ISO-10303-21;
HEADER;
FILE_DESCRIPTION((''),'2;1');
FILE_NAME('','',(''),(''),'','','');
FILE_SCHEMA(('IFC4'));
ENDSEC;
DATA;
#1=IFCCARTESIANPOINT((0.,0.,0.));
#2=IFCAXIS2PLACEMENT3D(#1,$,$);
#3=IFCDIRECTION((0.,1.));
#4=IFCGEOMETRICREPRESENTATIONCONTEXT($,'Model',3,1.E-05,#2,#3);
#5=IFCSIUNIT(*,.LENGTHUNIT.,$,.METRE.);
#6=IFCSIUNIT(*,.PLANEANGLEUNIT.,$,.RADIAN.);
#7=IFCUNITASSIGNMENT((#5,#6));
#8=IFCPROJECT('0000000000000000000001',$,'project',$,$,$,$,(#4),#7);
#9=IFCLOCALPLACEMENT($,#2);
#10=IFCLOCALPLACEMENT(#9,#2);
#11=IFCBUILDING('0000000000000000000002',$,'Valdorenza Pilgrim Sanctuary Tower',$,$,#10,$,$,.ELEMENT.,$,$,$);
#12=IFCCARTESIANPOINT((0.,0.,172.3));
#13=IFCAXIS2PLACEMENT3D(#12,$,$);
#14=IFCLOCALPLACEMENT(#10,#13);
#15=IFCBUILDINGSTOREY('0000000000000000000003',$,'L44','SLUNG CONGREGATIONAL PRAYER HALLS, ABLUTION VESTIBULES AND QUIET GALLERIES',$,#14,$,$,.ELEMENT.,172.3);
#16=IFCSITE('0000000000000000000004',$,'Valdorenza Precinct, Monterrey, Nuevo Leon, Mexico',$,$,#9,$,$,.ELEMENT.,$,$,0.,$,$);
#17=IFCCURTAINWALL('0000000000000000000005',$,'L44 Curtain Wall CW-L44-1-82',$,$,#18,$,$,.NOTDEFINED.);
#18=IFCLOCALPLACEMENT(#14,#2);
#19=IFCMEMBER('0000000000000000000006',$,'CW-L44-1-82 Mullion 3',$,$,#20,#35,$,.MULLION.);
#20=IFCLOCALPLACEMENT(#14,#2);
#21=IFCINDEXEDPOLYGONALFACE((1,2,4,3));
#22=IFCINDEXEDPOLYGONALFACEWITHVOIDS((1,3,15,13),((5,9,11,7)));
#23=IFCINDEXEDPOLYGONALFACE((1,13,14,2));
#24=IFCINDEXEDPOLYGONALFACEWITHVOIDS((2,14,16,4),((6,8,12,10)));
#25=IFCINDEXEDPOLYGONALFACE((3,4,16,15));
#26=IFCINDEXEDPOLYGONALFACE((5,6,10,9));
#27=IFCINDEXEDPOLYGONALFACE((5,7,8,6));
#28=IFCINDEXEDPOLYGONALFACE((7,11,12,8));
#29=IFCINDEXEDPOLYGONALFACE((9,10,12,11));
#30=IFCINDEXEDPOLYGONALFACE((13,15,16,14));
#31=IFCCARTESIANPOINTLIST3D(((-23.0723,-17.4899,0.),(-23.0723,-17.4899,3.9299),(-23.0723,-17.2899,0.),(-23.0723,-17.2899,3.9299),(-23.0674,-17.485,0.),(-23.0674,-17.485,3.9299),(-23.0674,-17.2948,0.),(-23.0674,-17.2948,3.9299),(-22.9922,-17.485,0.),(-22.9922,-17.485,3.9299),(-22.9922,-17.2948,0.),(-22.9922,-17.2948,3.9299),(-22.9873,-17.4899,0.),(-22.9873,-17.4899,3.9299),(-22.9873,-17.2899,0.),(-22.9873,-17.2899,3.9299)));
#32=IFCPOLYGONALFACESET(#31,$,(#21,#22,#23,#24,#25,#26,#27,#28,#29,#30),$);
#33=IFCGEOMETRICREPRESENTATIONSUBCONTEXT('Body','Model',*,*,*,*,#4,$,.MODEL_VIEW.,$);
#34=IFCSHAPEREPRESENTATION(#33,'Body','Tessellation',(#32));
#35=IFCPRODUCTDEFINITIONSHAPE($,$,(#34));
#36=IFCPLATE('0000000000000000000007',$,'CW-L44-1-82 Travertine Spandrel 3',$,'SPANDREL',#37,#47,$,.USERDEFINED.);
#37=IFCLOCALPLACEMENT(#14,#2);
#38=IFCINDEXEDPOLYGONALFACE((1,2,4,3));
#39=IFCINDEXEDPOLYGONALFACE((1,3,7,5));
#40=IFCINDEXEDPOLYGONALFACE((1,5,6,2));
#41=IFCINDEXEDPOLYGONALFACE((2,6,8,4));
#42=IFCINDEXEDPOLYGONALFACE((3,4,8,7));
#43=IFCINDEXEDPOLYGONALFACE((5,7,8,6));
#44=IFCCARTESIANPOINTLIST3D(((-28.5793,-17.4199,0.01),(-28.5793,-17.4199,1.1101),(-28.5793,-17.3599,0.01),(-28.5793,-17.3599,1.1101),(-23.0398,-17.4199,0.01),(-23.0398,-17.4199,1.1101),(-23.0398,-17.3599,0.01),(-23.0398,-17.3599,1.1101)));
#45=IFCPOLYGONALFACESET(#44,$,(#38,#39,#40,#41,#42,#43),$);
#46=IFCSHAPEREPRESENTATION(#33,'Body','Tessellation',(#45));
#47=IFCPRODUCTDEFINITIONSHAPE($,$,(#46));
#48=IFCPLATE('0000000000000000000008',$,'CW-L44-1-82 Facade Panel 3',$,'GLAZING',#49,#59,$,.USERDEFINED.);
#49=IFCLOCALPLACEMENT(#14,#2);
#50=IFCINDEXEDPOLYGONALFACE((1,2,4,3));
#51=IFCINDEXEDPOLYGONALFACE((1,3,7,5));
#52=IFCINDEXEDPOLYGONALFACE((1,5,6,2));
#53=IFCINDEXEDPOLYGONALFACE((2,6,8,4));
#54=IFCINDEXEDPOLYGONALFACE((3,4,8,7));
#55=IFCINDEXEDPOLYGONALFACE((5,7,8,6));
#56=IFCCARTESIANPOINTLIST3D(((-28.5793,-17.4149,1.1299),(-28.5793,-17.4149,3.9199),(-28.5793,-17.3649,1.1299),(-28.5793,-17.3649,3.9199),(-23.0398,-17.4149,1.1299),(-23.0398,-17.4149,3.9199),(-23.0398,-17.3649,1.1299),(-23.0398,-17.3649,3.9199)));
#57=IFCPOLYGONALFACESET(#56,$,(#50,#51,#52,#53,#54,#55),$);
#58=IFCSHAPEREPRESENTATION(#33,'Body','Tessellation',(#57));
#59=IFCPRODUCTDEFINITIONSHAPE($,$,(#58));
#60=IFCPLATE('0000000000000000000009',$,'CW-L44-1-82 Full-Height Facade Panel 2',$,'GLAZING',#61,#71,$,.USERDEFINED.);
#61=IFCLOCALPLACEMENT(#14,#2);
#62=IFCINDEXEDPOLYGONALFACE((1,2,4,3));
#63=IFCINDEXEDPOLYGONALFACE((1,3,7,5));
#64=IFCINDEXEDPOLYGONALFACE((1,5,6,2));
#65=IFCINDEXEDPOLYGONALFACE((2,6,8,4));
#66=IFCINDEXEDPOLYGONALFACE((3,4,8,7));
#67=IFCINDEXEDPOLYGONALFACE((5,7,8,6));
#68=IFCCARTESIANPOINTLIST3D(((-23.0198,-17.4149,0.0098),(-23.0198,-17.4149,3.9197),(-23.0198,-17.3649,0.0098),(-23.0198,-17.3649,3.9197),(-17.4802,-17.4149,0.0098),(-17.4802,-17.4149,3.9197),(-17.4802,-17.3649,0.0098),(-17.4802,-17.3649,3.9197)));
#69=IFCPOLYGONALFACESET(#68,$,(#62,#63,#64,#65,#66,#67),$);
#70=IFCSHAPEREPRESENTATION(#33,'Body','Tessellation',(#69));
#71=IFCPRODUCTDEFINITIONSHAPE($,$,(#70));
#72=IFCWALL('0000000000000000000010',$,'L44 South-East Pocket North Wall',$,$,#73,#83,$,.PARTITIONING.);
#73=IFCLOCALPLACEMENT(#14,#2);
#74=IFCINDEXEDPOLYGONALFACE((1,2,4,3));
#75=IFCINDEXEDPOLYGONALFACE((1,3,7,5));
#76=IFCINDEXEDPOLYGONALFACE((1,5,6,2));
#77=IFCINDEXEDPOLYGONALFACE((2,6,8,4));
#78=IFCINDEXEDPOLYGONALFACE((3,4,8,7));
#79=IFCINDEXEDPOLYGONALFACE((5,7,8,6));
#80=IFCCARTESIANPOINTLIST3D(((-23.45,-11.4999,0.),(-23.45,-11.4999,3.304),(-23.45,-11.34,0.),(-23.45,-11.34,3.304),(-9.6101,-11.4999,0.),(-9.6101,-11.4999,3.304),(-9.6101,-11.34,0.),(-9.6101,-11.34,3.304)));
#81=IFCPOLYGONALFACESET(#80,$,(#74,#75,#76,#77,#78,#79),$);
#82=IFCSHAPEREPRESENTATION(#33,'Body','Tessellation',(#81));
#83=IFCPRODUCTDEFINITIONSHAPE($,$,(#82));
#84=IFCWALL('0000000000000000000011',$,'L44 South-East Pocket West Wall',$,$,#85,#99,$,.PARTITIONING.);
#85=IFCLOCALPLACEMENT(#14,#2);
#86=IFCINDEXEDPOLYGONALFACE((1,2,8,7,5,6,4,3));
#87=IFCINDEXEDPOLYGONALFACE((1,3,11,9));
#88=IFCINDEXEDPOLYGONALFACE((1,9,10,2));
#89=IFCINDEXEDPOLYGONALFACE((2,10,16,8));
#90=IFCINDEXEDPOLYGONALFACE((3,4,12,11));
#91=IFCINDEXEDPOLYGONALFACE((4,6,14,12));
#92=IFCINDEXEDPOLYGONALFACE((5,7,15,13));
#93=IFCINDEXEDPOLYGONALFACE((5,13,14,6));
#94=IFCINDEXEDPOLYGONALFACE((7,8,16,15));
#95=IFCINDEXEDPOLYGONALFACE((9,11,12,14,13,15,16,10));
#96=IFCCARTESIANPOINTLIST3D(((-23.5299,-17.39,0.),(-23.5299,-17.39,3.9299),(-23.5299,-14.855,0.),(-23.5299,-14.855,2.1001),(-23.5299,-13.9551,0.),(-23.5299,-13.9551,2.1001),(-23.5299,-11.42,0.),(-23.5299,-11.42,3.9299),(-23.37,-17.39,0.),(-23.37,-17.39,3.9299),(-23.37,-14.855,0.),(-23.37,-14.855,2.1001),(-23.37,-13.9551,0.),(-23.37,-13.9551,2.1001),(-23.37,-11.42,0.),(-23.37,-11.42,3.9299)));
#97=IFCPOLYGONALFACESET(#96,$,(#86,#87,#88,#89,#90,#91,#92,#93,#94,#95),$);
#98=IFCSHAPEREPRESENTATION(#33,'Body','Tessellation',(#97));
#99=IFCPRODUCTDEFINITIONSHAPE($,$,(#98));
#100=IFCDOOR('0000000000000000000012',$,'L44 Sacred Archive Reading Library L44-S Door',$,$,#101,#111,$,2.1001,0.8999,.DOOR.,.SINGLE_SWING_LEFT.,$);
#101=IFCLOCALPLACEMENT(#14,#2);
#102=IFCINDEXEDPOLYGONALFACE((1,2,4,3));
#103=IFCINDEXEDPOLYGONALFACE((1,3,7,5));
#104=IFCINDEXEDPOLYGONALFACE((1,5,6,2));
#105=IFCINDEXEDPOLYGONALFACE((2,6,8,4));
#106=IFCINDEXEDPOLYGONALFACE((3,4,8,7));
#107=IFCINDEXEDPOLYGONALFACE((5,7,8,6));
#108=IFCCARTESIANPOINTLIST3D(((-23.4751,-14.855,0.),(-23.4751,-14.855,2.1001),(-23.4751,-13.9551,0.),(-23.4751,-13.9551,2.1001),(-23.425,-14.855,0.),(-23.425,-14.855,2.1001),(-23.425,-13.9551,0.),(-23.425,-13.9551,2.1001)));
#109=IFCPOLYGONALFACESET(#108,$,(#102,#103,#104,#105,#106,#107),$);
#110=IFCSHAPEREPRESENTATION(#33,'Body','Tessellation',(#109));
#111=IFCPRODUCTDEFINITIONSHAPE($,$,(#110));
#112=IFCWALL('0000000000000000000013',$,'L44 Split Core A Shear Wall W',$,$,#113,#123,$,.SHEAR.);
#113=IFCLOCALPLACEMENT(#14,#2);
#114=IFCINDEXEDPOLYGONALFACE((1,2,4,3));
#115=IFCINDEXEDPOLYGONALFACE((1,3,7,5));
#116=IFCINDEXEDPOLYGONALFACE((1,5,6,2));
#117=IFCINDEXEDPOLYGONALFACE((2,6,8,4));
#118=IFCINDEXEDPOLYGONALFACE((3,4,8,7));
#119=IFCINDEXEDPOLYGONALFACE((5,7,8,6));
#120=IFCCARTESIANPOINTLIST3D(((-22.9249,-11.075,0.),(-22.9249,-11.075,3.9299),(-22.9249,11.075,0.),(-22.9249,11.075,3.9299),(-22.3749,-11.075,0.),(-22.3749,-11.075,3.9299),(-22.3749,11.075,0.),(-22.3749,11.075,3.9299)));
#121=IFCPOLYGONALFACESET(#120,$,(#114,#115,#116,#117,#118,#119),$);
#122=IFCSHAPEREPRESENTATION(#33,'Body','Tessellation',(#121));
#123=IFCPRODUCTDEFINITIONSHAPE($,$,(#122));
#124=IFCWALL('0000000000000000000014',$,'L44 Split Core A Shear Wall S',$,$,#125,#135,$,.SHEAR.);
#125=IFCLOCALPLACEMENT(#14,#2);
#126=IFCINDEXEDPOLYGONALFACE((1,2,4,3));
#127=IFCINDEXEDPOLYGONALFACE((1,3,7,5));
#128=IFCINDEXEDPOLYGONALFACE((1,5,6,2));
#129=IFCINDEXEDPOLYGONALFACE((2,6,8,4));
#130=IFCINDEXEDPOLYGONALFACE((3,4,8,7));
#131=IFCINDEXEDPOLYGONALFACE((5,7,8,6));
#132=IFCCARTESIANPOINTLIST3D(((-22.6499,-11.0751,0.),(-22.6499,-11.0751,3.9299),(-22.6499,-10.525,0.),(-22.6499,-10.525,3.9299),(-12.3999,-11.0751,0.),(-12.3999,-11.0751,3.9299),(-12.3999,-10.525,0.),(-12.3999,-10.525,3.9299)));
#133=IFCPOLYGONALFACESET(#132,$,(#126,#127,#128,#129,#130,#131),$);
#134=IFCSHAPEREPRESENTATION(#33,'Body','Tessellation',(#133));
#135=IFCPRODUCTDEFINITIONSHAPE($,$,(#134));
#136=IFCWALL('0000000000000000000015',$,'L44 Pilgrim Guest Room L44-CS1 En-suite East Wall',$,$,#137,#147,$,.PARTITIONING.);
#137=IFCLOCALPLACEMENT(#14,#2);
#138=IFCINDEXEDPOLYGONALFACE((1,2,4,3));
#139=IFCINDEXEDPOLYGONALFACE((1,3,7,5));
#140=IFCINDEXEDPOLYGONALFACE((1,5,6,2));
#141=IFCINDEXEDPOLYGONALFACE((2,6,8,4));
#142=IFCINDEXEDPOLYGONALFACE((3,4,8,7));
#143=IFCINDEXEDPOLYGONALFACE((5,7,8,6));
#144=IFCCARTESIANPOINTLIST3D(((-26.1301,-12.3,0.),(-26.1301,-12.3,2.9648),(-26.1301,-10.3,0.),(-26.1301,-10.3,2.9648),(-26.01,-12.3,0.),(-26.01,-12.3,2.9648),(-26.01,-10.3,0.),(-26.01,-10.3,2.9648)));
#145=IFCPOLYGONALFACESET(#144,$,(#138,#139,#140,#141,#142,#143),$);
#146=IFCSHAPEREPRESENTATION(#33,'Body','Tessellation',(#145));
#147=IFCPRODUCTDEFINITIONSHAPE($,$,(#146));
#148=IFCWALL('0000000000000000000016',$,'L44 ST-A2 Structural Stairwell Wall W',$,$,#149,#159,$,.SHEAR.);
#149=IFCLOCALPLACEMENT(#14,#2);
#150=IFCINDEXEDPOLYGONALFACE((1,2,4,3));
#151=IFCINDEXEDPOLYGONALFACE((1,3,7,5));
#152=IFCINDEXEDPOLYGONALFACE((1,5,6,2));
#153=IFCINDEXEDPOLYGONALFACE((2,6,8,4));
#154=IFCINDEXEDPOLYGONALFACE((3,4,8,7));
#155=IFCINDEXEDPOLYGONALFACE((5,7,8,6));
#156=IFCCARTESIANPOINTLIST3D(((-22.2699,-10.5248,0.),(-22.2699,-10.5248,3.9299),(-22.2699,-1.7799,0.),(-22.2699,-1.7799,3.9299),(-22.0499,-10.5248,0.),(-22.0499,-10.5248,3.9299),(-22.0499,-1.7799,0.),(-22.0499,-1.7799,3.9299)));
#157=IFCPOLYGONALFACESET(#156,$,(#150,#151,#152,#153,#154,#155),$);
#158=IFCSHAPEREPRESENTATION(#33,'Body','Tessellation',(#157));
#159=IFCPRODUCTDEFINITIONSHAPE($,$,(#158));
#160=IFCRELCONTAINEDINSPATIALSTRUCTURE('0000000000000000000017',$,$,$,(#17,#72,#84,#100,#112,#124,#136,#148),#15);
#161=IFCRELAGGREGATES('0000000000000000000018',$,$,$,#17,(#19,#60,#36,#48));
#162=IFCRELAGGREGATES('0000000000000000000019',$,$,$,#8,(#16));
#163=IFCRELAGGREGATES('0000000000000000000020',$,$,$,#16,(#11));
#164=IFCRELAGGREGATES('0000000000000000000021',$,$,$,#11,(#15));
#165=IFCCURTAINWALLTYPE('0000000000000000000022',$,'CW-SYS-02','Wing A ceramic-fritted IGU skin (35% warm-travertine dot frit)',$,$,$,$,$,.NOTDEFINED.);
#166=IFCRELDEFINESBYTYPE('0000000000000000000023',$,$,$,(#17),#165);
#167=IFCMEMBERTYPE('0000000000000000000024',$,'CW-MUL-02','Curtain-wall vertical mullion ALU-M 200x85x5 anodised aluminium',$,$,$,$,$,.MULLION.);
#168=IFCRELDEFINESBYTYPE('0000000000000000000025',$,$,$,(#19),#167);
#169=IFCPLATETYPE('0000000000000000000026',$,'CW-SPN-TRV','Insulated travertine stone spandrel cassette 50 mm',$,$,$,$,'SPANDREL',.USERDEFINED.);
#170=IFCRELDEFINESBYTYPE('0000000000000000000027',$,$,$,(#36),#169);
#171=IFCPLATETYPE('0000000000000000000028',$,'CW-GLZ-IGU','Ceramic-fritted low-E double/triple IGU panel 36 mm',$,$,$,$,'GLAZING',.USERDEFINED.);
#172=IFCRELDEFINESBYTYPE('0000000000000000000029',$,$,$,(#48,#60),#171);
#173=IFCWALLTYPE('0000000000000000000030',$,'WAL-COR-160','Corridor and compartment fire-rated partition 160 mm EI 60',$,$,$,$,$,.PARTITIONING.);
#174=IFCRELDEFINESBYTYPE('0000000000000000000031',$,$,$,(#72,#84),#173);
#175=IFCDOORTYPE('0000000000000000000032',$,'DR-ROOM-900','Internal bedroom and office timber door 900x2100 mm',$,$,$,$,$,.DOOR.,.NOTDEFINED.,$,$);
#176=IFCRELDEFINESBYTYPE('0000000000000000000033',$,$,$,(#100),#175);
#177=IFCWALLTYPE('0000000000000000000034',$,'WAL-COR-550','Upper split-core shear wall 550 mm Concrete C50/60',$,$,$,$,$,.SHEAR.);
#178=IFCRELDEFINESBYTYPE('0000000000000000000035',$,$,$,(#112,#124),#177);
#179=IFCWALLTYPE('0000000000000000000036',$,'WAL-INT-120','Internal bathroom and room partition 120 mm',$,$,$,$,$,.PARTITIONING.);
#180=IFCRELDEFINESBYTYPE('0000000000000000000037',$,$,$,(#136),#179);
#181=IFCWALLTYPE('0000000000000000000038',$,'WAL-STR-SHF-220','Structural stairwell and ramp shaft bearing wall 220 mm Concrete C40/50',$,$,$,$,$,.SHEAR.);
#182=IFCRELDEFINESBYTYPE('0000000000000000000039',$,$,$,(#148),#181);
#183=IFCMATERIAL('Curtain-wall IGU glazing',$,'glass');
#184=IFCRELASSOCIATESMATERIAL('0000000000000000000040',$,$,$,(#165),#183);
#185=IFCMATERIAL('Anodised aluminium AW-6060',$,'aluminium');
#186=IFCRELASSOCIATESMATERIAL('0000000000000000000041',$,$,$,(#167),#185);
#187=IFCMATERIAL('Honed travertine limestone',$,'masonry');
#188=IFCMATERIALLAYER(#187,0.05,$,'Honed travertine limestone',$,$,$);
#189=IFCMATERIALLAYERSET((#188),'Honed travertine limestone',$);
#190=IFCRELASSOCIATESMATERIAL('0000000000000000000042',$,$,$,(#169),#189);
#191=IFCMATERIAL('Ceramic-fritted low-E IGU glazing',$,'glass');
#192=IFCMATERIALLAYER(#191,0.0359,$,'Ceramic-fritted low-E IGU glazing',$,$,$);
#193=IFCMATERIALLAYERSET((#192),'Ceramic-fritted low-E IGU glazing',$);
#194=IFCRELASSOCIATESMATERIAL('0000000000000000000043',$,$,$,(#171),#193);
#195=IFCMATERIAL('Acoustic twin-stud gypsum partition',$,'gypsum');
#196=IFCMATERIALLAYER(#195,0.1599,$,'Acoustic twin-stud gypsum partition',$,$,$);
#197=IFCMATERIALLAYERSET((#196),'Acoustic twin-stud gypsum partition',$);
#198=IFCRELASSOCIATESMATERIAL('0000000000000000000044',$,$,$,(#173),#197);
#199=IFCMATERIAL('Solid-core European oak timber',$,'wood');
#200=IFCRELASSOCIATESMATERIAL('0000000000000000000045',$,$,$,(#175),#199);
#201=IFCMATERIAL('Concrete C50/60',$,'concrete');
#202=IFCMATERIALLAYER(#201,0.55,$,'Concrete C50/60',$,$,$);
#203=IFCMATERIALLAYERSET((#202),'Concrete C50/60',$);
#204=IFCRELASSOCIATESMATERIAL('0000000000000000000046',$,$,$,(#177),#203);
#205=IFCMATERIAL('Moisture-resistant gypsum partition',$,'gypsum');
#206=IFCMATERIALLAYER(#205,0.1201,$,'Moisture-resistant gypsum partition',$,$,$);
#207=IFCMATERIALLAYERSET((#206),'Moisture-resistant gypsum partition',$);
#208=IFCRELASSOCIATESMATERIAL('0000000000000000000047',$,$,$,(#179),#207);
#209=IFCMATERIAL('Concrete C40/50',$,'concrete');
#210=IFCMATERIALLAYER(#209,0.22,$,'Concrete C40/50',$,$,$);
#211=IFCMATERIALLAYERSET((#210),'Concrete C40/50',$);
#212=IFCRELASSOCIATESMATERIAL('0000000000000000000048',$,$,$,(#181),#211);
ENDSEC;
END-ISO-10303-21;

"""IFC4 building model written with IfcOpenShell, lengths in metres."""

from ifc_helpers import new_model, si_unit, direction, frame, frame_2d, origin, origin_2d, place, context, subcontext, project, spatial, rectangle, hollow_rectangle, extrude, source, transform, mapped, material, layer, layer_set, material_profile, profile_set, type_object, element, fill, aggregate, save


model = new_model("IFC4")

# Units and contexts
model_context = context("Model", 3, precision=1e-05, world=origin(), true_north=direction((0.0, 1.0)))
body_context = subcontext(model_context, "Body", "Model", "MODEL_VIEW")
ifc_project = project(units=[si_unit("LENGTHUNIT", "METRE"), si_unit("PLANEANGLEUNIT", "RADIAN")], contexts=[model_context])

# Site, building, storey
site_placement = place(None, origin())
site = spatial("IfcSite", under=ifc_project, at=site_placement, Name="Valdorenza Precinct, Monterrey, Nuevo Leon, Mexico", CompositionType="ELEMENT", RefElevation=0.0)
building_placement = place(site_placement, origin())
building = spatial("IfcBuilding", under=site, at=building_placement, Name="Valdorenza Pilgrim Sanctuary Tower", CompositionType="ELEMENT")
storey_placement = place(building_placement, frame((0.0, 0.0, 172.3)))
storey = spatial("IfcBuildingStorey", under=building, at=storey_placement, Name="L44", Description="SLUNG CONGREGATIONAL PRAYER HALLS, ABLUTION VESTIBULES AND QUIET GALLERIES", CompositionType="ELEMENT", Elevation=172.3)

# Shared definitions
ifc_material_1 = material(Name="Concrete C50/60", Category="concrete")

# Curtain wall, member, plates
ifc_material_2 = material(Name="Curtain-wall IGU glazing", Category="glass")
curtain_wall_type = type_object("IfcCurtainWallType", Name="CW-SYS-02", Description="Wing A ceramic-fritted IGU skin (35% warm-travertine dot frit)", PredefinedType="NOTDEFINED", material=ifc_material_2)
curtain_wall_placement = place(storey_placement, origin())
curtain_wall = element("IfcCurtainWall", 1, at=curtain_wall_placement, inside=storey, type_object=curtain_wall_type, Name="L44 Curtain Wall CW-L44-1-82", PredefinedType="NOTDEFINED")
ifc_material_3 = material(Name="Anodised aluminium AW-6060", Category="aluminium")
ifc_material_profile_1 = material_profile(ifc_material_3, hollow_rectangle(XDim=0.085, YDim=0.2, WallThickness=0.0049, at=origin_2d()), Name="ALU-M 200x85x5")
ifc_profile_set_1 = profile_set([ifc_material_profile_1], Name="Anodised aluminium AW-6060")
member_type = type_object("IfcMemberType", Name="CW-MUL-02", Description="Curtain-wall vertical mullion ALU-M 200x85x5 anodised aluminium", PredefinedType="MULLION", material=ifc_profile_set_1)
shared_shape_1 = source(origin(), body_context, "Body", "SweptSolid", [
    extrude(hollow_rectangle(XDim=0.085, YDim=0.2, WallThickness=0.0049, at=origin_2d()), origin(), (0.0, 0.0, 1.0), 3.9299),
])
member_placement = place(storey_placement, frame((-23.0298, -17.3899, 0.0), z_axis=(0.0, 0.0, 1.0), x_axis=(-1.0, 0.0, 0.0)))
member = element("IfcMember", 2, at=member_placement, type_object=member_type, Name="CW-L44-1-82 Mullion 3", PredefinedType="MULLION", context=body_context, shape_type="MappedRepresentation", body=[
    mapped(shared_shape_1, transform((0.0, 0.0, 0.0), x_axis=(1.0, 0.0, 0.0), y_axis=(0.0, 1.0, 0.0), z_axis=(0.0, 0.0, 1.0), scale=1.0)),
])
ifc_material_4 = material(Name="Honed travertine limestone", Category="masonry")
ifc_layer_1 = layer(ifc_material_4, 0.05, Name="Honed travertine limestone")
ifc_layer_set_1 = layer_set([ifc_layer_1], Name="Honed travertine limestone")
plate_type_1 = type_object("IfcPlateType", Name="CW-SPN-TRV", Description="Insulated travertine stone spandrel cassette 50 mm", ElementType="SPANDREL", PredefinedType="USERDEFINED", material=ifc_layer_set_1)
shared_shape_2 = source(origin(), body_context, "Body", "SweptSolid", [
    extrude(rectangle(XDim=5.5396, YDim=0.0601, at=origin_2d()), origin(), (0.0, 0.0, 1.0), 1.1001),
])
plate_1_placement = place(storey_placement, frame((-25.8096, -17.3899, 0.01), z_axis=(0.0, 0.0, 1.0), x_axis=(-1.0, 0.0, 0.0)))
plate_1 = element("IfcPlate", 3, at=plate_1_placement, type_object=plate_type_1, Name="CW-L44-1-82 Travertine Spandrel 3", ObjectType="SPANDREL", PredefinedType="USERDEFINED", context=body_context, shape_type="MappedRepresentation", body=[
    mapped(shared_shape_2, transform((0.0, 0.0, 0.0), x_axis=(1.0, 0.0, 0.0), y_axis=(0.0, 1.0, 0.0), z_axis=(0.0, 0.0, 1.0), scale=1.0)),
])
ifc_material_5 = material(Name="Ceramic-fritted low-E IGU glazing", Category="glass")
ifc_layer_2 = layer(ifc_material_5, 0.0359, Name="Ceramic-fritted low-E IGU glazing")
ifc_layer_set_2 = layer_set([ifc_layer_2], Name="Ceramic-fritted low-E IGU glazing")
plate_type_2 = type_object("IfcPlateType", Name="CW-GLZ-IGU", Description="Ceramic-fritted low-E double/triple IGU panel 36 mm", ElementType="GLAZING", PredefinedType="USERDEFINED", material=ifc_layer_set_2)
shared_shape_3 = source(origin(), body_context, "Body", "SweptSolid", [
    extrude(rectangle(XDim=5.5396, YDim=0.05, at=origin_2d()), origin(), (0.0, 0.0, 1.0), 2.79),
])
plate_2_placement = place(storey_placement, frame((-25.8096, -17.3899, 1.1299), z_axis=(0.0, 0.0, 1.0), x_axis=(-1.0, 0.0, 0.0)))
plate_2 = element("IfcPlate", 4, at=plate_2_placement, type_object=plate_type_2, Name="CW-L44-1-82 Facade Panel 3", ObjectType="GLAZING", PredefinedType="USERDEFINED", context=body_context, shape_type="MappedRepresentation", body=[
    mapped(shared_shape_3, transform((0.0, 0.0, 0.0), x_axis=(1.0, 0.0, 0.0), y_axis=(0.0, 1.0, 0.0), z_axis=(0.0, 0.0, 1.0), scale=1.0)),
])
shared_shape_4 = source(origin(), body_context, "Body", "SweptSolid", [
    extrude(rectangle(XDim=5.5396, YDim=0.05, at=origin_2d()), origin(), (0.0, 0.0, 1.0), 3.9099),
])
plate_3_placement = place(storey_placement, frame((-20.25, -17.3899, 0.0098), z_axis=(0.0, 0.0, 1.0), x_axis=(-1.0, 0.0, 0.0)))
plate_3 = element("IfcPlate", 5, at=plate_3_placement, type_object=plate_type_2, Name="CW-L44-1-82 Full-Height Facade Panel 2", ObjectType="GLAZING", PredefinedType="USERDEFINED", context=body_context, shape_type="MappedRepresentation", body=[
    mapped(shared_shape_4, transform((0.0, 0.0, 0.0), x_axis=(1.0, 0.0, 0.0), y_axis=(0.0, 1.0, 0.0), z_axis=(0.0, 0.0, 1.0), scale=1.0)),
])
aggregate(curtain_wall, [member, plate_3, plate_1, plate_2])

# Wall
ifc_material_6 = material(Name="Acoustic twin-stud gypsum partition", Category="gypsum")
ifc_layer_3 = layer(ifc_material_6, 0.1599, Name="Acoustic twin-stud gypsum partition")
ifc_layer_set_3 = layer_set([ifc_layer_3], Name="Acoustic twin-stud gypsum partition")
wall_type_1 = type_object("IfcWallType", Name="WAL-COR-160", Description="Corridor and compartment fire-rated partition 160 mm EI 60", PredefinedType="PARTITIONING", material=ifc_layer_set_3)
wall_1_placement = place(storey_placement, frame((-23.45, -11.4199, 0.0), z_axis=(0.0, 0.0, 1.0), x_axis=(1.0, 0.0, 0.0)))
element("IfcWall", 6, at=wall_1_placement, inside=storey, type_object=wall_type_1, Name="L44 South-East Pocket North Wall", PredefinedType="PARTITIONING", context=body_context, shape_type="SweptSolid", body=[
    extrude(rectangle(XDim=13.8398, YDim=0.1599, at=frame_2d((6.9199, 0.0))), origin(), (0.0, 0.0, 1.0), 3.304),
])

# Wall, opening, door
wall_2_placement = place(storey_placement, frame((-23.45, -17.3899, 0.0), z_axis=(0.0, 0.0, 1.0), x_axis=(0.0, 1.0, 0.0)))
wall_2 = element("IfcWall", 7, at=wall_2_placement, inside=storey, type_object=wall_type_1, Name="L44 South-East Pocket West Wall", PredefinedType="PARTITIONING", context=body_context, shape_type="SweptSolid", body=[
    extrude(rectangle(XDim=5.97, YDim=0.1599, at=frame_2d((2.9849, 0.0))), origin(), (0.0, 0.0, 1.0), 3.9299),
])
opening_placement = place(wall_2_placement, frame((2.5349, 0.0, 0.0)))
opening = element("IfcOpeningElement", 8, at=opening_placement, cuts=wall_2, PredefinedType="OPENING", context=body_context, shape_type="SweptSolid", body=[
    extrude(rectangle(XDim=0.8999, YDim=2.1001, at=frame_2d((0.45, 1.05))), frame((0.0, 0.0947, 0.0), z_axis=(0.0, -1.0, 0.0), x_axis=(1.0, 0.0, 0.0)), (0.0, 0.0, 1.0), 0.1897),
])
ifc_material_7 = material(Name="Solid-core European oak timber", Category="wood")
door_type = type_object("IfcDoorType", Name="DR-ROOM-900", Description="Internal bedroom and office timber door 900x2100 mm", OperationType="NOTDEFINED", PredefinedType="DOOR", material=ifc_material_7)
door_placement = place(opening_placement, frame((0.8999, 0.0, 0.0), z_axis=(0.0, 0.0, 1.0), x_axis=(-1.0, 0.0, 0.0)))
door = element("IfcDoor", 9, at=door_placement, inside=storey, type_object=door_type, Name="L44 Sacred Archive Reading Library L44-S Door", OperationType="SINGLE_SWING_LEFT", OverallHeight=2.1001, OverallWidth=0.8999, PredefinedType="DOOR", context=body_context, shape_type="SweptSolid", body=[
    extrude(rectangle(XDim=0.8999, YDim=2.1001, at=frame_2d((0.45, 1.05))), frame((0.0, 0.0249, 0.0), z_axis=(0.0, -1.0, 0.0), x_axis=(1.0, 0.0, 0.0)), (0.0, 0.0, 1.0), 0.05),
])
fill(opening, door)

# Walls
ifc_layer_4 = layer(ifc_material_1, 0.55, Name="Concrete C50/60")
ifc_layer_set_4 = layer_set([ifc_layer_4], Name="Concrete C50/60")
wall_type_2 = type_object("IfcWallType", Name="WAL-COR-550", Description="Upper split-core shear wall 550 mm Concrete C50/60", PredefinedType="SHEAR", material=ifc_layer_set_4)
wall_3_placement = place(storey_placement, frame((-22.6499, -11.075, 0.0), z_axis=(0.0, 0.0, 1.0), x_axis=(0.0, 1.0, 0.0)))
element("IfcWall", 10, at=wall_3_placement, inside=storey, type_object=wall_type_2, Name="L44 Split Core A Shear Wall W", PredefinedType="SHEAR", context=body_context, shape_type="SweptSolid", body=[
    extrude(rectangle(XDim=22.1499, YDim=0.55, at=frame_2d((11.075, 0.0))), origin(), (0.0, 0.0, 1.0), 3.9299),
])
wall_4_placement = place(storey_placement, frame((-22.6499, -10.8, 0.0), z_axis=(0.0, 0.0, 1.0), x_axis=(1.0, 0.0, 0.0)))
element("IfcWall", 11, at=wall_4_placement, inside=storey, type_object=wall_type_2, Name="L44 Split Core A Shear Wall S", PredefinedType="SHEAR", context=body_context, shape_type="SweptSolid", body=[
    extrude(rectangle(XDim=10.25, YDim=0.55, at=frame_2d((5.125, 0.0))), origin(), (0.0, 0.0, 1.0), 3.9299),
])
ifc_material_8 = material(Name="Moisture-resistant gypsum partition", Category="gypsum")
ifc_layer_5 = layer(ifc_material_8, 0.1201, Name="Moisture-resistant gypsum partition")
ifc_layer_set_5 = layer_set([ifc_layer_5], Name="Moisture-resistant gypsum partition")
wall_type_3 = type_object("IfcWallType", Name="WAL-INT-120", Description="Internal bathroom and room partition 120 mm", PredefinedType="PARTITIONING", material=ifc_layer_set_5)
wall_5_placement = place(storey_placement, frame((-26.0701, -12.3, 0.0), z_axis=(0.0, 0.0, 1.0), x_axis=(0.0, 1.0, 0.0)))
element("IfcWall", 12, at=wall_5_placement, inside=storey, type_object=wall_type_3, Name="L44 Pilgrim Guest Room L44-CS1 En-suite East Wall", PredefinedType="PARTITIONING", context=body_context, shape_type="SweptSolid", body=[
    extrude(rectangle(XDim=2.0, YDim=0.1201, at=frame_2d((1.0, 0.0))), origin(), (0.0, 0.0, 1.0), 2.9648),
])
ifc_material_9 = material(Name="Concrete C40/50", Category="concrete")
ifc_layer_6 = layer(ifc_material_9, 0.22, Name="Concrete C40/50")
ifc_layer_set_6 = layer_set([ifc_layer_6], Name="Concrete C40/50")
wall_type_4 = type_object("IfcWallType", Name="WAL-STR-SHF-220", Description="Structural stairwell and ramp shaft bearing wall 220 mm Concrete C40/50", PredefinedType="SHEAR", material=ifc_layer_set_6)
wall_6_placement = place(storey_placement, frame((-22.1599, -10.5249, 0.0), z_axis=(0.0, 0.0, 1.0), x_axis=(0.0, 1.0, 0.0)))
element("IfcWall", 13, at=wall_6_placement, inside=storey, type_object=wall_type_4, Name="L44 ST-A2 Structural Stairwell Wall W", PredefinedType="SHEAR", context=body_context, shape_type="SweptSolid", body=[
    extrude(rectangle(XDim=8.7449, YDim=0.22, at=frame_2d((4.3726, 0.0))), origin(), (0.0, 0.0, 1.0), 3.9299),
])

save(model, "model.ifc")
